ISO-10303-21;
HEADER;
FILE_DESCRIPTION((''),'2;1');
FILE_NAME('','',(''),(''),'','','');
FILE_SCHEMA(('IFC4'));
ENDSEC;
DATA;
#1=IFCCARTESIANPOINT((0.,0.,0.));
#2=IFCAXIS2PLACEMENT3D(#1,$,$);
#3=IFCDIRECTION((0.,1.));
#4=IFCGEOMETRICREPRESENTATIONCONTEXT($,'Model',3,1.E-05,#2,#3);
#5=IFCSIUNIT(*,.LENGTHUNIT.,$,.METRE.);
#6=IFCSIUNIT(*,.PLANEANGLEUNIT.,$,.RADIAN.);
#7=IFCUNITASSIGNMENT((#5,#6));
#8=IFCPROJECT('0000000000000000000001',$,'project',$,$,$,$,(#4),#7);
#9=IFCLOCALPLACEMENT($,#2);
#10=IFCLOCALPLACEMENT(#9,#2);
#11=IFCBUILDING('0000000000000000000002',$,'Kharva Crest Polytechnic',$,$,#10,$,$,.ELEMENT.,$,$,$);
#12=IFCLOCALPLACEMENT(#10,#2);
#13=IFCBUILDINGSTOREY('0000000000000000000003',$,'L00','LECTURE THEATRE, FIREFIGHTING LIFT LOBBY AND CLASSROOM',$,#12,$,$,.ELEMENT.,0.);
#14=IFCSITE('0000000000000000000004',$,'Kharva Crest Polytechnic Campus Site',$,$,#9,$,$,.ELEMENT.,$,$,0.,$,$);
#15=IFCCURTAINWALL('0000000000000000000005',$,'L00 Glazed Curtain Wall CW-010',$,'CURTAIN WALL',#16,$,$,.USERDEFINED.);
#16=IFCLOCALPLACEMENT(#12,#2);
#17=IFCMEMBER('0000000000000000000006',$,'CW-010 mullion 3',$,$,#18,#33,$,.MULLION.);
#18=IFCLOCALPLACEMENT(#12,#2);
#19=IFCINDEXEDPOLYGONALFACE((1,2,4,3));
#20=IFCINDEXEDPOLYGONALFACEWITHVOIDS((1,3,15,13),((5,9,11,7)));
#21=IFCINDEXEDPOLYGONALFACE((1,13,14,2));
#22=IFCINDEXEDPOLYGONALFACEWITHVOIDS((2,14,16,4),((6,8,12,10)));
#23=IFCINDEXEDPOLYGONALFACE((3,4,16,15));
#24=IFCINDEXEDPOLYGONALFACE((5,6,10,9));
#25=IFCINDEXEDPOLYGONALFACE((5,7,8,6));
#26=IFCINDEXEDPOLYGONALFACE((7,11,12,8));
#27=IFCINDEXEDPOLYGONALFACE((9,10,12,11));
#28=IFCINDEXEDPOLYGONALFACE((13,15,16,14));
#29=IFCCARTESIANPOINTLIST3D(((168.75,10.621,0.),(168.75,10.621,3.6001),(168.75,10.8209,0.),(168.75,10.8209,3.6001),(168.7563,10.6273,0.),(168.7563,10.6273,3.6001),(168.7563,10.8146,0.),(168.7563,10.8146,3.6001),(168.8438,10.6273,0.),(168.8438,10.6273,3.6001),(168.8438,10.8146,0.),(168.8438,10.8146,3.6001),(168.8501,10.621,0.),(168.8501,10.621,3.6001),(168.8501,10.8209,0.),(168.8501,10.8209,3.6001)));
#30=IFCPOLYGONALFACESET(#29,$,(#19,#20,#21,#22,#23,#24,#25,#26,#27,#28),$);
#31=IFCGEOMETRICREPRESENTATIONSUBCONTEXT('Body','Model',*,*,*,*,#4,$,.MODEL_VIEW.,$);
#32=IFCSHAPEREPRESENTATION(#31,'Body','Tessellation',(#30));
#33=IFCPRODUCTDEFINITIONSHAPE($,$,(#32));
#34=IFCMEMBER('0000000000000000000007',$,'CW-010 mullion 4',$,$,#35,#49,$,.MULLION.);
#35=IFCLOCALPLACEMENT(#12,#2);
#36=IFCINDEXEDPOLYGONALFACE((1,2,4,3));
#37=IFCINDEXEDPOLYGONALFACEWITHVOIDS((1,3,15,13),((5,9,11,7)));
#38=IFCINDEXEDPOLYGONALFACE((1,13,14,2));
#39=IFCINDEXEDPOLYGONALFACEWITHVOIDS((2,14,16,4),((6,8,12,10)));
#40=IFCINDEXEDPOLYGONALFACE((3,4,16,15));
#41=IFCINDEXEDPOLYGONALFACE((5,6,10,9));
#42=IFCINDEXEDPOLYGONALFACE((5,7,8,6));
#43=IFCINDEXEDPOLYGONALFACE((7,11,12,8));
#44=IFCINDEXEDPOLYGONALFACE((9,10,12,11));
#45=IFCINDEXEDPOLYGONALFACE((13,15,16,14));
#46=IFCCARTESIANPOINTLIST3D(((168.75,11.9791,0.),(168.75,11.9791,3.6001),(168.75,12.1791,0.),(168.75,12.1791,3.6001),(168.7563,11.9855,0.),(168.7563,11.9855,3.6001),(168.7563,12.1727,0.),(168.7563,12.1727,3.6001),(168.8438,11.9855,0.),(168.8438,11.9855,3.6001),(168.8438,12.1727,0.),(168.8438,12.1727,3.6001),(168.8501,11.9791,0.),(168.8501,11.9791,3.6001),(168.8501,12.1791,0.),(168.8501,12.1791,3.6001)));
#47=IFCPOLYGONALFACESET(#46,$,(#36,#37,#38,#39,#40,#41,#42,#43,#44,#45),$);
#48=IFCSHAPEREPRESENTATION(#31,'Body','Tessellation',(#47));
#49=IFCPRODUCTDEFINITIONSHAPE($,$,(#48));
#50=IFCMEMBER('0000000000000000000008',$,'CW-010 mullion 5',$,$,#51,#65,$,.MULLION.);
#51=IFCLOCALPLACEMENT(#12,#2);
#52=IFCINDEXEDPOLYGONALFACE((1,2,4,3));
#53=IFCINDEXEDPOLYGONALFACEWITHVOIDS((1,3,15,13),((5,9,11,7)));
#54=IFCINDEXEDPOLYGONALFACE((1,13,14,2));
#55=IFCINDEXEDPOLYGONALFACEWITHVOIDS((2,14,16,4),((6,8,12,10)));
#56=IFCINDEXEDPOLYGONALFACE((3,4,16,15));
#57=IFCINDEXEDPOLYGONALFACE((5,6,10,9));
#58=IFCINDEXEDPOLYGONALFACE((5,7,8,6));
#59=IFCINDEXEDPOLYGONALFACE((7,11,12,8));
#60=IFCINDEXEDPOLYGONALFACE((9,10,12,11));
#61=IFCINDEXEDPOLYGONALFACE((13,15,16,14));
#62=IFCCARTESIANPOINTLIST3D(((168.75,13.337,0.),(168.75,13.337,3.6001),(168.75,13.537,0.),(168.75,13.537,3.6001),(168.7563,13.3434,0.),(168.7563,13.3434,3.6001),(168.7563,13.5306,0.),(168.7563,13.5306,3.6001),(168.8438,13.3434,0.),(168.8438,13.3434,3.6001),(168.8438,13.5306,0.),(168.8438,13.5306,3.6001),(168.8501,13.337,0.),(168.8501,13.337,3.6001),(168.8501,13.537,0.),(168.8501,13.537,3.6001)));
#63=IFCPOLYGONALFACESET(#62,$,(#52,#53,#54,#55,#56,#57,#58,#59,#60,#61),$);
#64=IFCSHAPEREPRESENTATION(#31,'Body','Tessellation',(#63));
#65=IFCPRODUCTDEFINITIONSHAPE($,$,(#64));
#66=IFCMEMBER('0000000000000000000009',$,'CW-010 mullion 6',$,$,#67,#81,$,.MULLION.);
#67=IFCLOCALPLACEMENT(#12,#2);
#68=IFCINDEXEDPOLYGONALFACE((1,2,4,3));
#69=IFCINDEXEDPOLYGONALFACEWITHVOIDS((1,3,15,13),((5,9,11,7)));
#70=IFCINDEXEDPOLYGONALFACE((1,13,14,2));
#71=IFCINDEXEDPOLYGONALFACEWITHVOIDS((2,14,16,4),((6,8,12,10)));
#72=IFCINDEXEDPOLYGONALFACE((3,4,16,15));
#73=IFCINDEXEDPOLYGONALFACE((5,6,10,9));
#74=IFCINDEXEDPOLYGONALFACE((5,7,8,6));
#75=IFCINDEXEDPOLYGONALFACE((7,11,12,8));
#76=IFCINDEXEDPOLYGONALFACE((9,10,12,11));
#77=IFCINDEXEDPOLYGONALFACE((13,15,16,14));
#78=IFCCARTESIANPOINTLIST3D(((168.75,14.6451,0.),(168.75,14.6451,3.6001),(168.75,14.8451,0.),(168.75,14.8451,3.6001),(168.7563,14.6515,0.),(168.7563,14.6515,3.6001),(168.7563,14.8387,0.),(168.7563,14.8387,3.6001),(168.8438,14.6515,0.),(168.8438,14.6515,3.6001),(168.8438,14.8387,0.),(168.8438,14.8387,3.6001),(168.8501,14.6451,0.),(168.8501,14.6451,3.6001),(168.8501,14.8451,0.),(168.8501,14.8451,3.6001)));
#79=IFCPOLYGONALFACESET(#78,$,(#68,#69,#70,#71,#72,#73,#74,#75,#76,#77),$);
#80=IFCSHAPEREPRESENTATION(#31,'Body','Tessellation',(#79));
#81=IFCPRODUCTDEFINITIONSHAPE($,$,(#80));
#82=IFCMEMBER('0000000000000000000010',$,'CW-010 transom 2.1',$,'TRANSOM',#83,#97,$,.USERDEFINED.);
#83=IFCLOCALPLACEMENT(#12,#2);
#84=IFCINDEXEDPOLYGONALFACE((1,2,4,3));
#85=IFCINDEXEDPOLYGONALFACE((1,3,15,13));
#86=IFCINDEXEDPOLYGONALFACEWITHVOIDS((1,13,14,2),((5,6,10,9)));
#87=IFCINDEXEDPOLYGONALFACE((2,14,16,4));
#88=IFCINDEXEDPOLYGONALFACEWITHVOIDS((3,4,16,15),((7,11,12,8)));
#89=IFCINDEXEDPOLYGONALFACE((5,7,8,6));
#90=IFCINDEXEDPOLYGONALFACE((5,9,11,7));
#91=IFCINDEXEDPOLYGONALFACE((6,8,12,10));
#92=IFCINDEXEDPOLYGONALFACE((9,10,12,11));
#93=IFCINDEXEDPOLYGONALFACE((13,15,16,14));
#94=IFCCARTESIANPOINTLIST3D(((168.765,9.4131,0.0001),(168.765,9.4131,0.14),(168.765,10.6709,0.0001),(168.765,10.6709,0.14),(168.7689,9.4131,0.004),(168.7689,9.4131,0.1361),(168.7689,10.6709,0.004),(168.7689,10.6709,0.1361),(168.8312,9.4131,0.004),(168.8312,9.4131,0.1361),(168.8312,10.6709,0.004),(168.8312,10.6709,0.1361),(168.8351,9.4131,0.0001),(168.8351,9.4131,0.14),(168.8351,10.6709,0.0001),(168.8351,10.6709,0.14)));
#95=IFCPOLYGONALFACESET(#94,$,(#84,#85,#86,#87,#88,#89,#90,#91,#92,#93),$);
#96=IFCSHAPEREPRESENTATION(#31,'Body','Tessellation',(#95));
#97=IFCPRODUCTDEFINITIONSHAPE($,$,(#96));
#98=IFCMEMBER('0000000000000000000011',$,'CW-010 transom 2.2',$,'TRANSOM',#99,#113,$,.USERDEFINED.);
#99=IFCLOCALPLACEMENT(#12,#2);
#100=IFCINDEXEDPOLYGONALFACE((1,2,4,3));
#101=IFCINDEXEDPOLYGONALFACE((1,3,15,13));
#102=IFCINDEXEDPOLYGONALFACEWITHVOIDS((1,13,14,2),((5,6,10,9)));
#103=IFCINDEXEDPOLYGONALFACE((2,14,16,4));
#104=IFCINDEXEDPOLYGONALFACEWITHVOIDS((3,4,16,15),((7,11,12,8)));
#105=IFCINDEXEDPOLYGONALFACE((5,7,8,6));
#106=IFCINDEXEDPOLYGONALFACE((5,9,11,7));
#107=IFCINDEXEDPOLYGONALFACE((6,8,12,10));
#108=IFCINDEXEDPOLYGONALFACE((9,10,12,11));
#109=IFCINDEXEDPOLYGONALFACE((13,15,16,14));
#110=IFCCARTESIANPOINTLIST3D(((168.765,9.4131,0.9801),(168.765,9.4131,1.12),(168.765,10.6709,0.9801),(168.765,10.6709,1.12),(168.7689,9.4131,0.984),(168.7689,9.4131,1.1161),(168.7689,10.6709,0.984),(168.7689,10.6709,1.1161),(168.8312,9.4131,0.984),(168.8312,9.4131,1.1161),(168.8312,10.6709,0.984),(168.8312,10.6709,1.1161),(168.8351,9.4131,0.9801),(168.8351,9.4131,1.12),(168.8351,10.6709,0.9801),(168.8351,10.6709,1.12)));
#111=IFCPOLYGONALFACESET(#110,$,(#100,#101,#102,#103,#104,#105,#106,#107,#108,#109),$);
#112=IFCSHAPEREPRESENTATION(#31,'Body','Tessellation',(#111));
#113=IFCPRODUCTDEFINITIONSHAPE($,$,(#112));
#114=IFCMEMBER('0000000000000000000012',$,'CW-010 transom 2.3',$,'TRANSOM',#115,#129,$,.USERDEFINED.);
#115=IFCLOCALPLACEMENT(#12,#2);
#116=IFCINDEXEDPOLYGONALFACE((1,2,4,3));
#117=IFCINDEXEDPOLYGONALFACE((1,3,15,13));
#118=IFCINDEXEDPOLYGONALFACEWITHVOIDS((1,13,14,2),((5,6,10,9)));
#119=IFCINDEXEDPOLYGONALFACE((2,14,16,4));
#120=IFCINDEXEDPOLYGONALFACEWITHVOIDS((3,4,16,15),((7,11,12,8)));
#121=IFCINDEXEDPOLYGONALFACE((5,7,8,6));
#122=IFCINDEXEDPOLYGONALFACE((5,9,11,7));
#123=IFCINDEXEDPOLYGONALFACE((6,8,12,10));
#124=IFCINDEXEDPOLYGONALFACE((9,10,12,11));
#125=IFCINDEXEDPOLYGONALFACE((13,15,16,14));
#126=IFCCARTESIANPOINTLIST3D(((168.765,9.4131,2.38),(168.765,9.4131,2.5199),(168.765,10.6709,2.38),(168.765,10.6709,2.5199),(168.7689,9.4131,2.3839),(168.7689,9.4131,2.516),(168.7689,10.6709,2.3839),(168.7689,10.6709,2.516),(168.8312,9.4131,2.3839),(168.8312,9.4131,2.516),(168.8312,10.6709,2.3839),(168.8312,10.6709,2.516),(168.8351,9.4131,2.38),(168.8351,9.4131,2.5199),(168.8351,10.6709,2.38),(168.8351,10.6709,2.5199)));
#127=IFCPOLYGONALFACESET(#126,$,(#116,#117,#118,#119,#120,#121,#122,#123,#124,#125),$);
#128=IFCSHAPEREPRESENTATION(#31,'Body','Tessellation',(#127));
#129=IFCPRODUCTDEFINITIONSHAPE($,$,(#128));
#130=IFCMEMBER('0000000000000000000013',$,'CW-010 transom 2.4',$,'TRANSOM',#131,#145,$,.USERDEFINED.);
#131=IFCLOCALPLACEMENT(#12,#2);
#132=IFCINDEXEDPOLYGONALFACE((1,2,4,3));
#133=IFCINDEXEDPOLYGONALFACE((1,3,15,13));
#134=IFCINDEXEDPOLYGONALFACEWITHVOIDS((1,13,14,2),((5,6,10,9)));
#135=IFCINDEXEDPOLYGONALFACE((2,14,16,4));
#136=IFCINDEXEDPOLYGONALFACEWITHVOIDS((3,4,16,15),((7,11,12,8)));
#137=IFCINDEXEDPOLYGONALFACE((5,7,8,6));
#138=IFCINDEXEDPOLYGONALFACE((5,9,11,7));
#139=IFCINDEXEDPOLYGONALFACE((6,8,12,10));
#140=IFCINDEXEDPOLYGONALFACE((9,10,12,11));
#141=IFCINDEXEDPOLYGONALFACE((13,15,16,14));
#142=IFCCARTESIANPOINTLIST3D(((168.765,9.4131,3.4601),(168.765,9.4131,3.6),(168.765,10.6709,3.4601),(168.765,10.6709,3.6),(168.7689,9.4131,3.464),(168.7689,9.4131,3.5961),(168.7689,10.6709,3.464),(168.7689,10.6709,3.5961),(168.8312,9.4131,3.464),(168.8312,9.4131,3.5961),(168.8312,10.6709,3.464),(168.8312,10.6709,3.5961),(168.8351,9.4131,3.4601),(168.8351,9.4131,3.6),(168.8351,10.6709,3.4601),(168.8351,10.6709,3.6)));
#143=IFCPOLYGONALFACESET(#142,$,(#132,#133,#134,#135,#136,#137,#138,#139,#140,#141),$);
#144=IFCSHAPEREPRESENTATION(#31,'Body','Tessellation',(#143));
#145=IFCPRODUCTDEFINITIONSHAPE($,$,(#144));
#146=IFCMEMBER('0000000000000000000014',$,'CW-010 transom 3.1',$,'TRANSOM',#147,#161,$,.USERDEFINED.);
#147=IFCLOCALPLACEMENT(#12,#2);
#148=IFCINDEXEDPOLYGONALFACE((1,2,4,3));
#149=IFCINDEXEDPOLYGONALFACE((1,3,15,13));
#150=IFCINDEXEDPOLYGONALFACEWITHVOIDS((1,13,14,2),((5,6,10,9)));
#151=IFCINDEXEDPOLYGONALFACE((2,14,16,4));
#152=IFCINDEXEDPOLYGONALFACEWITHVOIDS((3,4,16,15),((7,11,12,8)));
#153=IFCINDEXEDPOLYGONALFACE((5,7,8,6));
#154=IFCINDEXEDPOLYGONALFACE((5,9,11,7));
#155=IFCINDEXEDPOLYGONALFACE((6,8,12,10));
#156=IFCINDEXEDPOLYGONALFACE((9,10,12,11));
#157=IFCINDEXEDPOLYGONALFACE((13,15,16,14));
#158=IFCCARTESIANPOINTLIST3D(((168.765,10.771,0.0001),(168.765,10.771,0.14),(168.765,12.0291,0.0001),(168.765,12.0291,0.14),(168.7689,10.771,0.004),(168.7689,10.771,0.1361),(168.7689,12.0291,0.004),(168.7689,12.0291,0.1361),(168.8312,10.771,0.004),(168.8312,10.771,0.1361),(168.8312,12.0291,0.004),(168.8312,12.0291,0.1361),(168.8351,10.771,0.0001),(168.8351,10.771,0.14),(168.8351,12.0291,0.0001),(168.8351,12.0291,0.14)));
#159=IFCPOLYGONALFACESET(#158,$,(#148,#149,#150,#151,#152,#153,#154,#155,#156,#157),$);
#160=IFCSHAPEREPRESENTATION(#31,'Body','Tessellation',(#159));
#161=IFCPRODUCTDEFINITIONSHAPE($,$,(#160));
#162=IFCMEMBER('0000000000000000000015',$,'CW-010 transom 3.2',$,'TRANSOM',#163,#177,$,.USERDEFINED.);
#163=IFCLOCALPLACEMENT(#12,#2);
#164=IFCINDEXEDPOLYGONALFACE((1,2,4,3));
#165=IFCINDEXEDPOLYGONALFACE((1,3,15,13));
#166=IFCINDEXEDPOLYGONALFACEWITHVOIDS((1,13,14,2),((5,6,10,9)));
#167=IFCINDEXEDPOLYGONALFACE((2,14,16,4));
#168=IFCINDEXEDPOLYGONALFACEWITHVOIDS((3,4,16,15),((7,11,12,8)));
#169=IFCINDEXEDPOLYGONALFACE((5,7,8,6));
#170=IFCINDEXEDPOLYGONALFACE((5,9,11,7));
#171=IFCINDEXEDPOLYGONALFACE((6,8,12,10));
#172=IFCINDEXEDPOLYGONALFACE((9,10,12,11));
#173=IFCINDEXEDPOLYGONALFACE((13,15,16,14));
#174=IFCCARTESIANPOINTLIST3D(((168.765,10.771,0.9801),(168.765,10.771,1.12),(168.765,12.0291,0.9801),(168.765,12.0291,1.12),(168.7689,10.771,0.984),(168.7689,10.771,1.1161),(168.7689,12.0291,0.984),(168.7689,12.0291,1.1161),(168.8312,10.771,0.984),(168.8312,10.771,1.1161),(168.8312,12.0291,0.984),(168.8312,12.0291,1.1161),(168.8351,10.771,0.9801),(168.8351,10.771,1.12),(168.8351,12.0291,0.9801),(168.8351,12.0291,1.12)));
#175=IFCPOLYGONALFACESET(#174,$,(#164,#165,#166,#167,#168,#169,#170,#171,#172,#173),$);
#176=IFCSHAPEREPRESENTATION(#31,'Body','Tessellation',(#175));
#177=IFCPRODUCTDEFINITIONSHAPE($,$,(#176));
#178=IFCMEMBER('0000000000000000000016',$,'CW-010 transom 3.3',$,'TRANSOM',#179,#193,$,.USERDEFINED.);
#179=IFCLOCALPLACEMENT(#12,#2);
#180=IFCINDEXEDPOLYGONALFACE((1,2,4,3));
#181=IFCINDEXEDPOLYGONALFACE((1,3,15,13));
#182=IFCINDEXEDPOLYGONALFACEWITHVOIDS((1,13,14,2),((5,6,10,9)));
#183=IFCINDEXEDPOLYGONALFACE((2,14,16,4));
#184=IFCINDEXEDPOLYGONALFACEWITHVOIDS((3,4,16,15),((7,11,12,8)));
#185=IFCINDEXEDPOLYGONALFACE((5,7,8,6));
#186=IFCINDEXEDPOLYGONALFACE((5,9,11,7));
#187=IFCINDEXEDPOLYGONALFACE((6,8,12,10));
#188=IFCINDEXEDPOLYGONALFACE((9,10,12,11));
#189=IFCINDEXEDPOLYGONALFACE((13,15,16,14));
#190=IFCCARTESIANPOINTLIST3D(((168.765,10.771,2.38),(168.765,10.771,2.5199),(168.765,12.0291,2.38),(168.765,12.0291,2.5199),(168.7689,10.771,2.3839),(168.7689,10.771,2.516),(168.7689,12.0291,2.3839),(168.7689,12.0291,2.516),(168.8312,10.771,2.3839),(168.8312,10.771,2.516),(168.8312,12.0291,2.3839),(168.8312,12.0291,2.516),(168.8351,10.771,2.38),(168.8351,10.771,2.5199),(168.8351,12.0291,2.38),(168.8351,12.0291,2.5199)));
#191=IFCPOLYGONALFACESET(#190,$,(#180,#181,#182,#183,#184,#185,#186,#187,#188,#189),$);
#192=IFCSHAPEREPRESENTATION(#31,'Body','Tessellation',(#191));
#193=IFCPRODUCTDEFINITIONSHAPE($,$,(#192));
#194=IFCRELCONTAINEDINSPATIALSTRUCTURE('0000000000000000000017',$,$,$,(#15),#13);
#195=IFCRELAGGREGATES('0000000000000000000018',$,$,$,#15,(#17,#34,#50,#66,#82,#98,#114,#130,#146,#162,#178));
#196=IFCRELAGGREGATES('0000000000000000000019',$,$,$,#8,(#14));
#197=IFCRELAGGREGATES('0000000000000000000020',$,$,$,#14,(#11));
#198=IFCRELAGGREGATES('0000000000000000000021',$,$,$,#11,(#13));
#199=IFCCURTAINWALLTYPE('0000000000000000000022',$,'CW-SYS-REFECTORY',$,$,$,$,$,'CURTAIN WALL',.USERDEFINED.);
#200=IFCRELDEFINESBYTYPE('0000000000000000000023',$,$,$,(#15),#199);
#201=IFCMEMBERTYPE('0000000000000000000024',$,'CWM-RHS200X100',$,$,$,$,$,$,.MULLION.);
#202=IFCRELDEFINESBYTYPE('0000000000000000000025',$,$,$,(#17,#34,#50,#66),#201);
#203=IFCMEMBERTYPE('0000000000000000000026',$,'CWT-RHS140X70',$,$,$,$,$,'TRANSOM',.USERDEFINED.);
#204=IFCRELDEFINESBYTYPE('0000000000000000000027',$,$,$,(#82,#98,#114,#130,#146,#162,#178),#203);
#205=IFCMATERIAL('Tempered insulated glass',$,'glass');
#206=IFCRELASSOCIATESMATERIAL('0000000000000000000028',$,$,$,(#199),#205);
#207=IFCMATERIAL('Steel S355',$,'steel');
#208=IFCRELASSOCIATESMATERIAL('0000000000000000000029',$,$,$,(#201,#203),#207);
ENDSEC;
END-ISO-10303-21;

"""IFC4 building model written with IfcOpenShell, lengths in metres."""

from ifc_helpers import new_model, si_unit, direction, frame, origin, origin_2d, place, context, subcontext, project, spatial, hollow_rectangle, extrude, material, material_profile, profile_set, type_object, element, aggregate, save


model = new_model("IFC4")

# Units and contexts
model_context = context("Model", 3, precision=1e-05, world=origin(), true_north=direction((0.0, 1.0)))
body_context = subcontext(model_context, "Body", "Model", "MODEL_VIEW")
ifc_project = project(units=[si_unit("LENGTHUNIT", "METRE"), si_unit("PLANEANGLEUNIT", "RADIAN")], contexts=[model_context])

# Site, building, storey
site_placement = place(None, origin())
site = spatial("IfcSite", under=ifc_project, at=site_placement, Name="Kharva Crest Polytechnic Campus Site", CompositionType="ELEMENT", RefElevation=0.0)
building_placement = place(site_placement, origin())
building = spatial("IfcBuilding", under=site, at=building_placement, Name="Kharva Crest Polytechnic", CompositionType="ELEMENT")
storey_placement = place(building_placement, origin())
storey = spatial("IfcBuildingStorey", under=building, at=storey_placement, Name="L00", Description="LECTURE THEATRE, FIREFIGHTING LIFT LOBBY AND CLASSROOM", CompositionType="ELEMENT", Elevation=0.0)

# Curtain wall, members
ifc_material_1 = material(Name="Tempered insulated glass", Category="glass")
curtain_wall_type = type_object("IfcCurtainWallType", Name="CW-SYS-REFECTORY", ElementType="CURTAIN WALL", PredefinedType="USERDEFINED", material=ifc_material_1)
curtain_wall_placement = place(storey_placement, origin())
curtain_wall = element("IfcCurtainWall", 1, at=curtain_wall_placement, inside=storey, type_object=curtain_wall_type, Name="L00 Glazed Curtain Wall CW-010", ObjectType="CURTAIN WALL", PredefinedType="USERDEFINED")
ifc_material_2 = material(Name="Steel S355", Category="steel")
ifc_material_profile_1 = material_profile(ifc_material_2, hollow_rectangle(XDim=0.1001, YDim=0.2, WallThickness=0.0063, at=origin_2d()), Name="RHS 200X100X6.3")
ifc_profile_set_1 = profile_set([ifc_material_profile_1], Name="Steel S355")
member_type_1 = type_object("IfcMemberType", Name="CWM-RHS200X100", PredefinedType="MULLION", material=ifc_profile_set_1)
member_1_placement = place(storey_placement, frame((168.8, 10.7209, 0.0), z_axis=(0.0, 0.0, 1.0), x_axis=(-1.0, 0.0, 0.0)))
member_1 = element("IfcMember", 2, at=member_1_placement, type_object=member_type_1, Name="CW-010 mullion 3", PredefinedType="MULLION", context=body_context, shape_type="SweptSolid", body=[
    extrude(hollow_rectangle(XDim=0.1001, YDim=0.2, WallThickness=0.0063, at=origin_2d()), origin(), (0.0, 0.0, 1.0), 3.6001),
])
member_2_placement = place(storey_placement, frame((168.8, 12.0791, 0.0), z_axis=(0.0, 0.0, 1.0), x_axis=(-1.0, 0.0, 0.0)))
member_2 = element("IfcMember", 3, at=member_2_placement, type_object=member_type_1, Name="CW-010 mullion 4", PredefinedType="MULLION", context=body_context, shape_type="SweptSolid", body=[
    extrude(hollow_rectangle(XDim=0.1001, YDim=0.2, WallThickness=0.0063, at=origin_2d()), origin(), (0.0, 0.0, 1.0), 3.6001),
])
member_3_placement = place(storey_placement, frame((168.8, 13.437, 0.0), z_axis=(0.0, 0.0, 1.0), x_axis=(-1.0, 0.0, 0.0)))
member_3 = element("IfcMember", 4, at=member_3_placement, type_object=member_type_1, Name="CW-010 mullion 5", PredefinedType="MULLION", context=body_context, shape_type="SweptSolid", body=[
    extrude(hollow_rectangle(XDim=0.1001, YDim=0.2, WallThickness=0.0063, at=origin_2d()), origin(), (0.0, 0.0, 1.0), 3.6001),
])
member_4_placement = place(storey_placement, frame((168.8, 14.7451, 0.0), z_axis=(0.0, 0.0, 1.0), x_axis=(-1.0, 0.0, 0.0)))
member_4 = element("IfcMember", 5, at=member_4_placement, type_object=member_type_1, Name="CW-010 mullion 6", PredefinedType="MULLION", context=body_context, shape_type="SweptSolid", body=[
    extrude(hollow_rectangle(XDim=0.1001, YDim=0.2, WallThickness=0.0063, at=origin_2d()), origin(), (0.0, 0.0, 1.0), 3.6001),
])
ifc_material_profile_2 = material_profile(ifc_material_2, hollow_rectangle(XDim=0.0701, YDim=0.1399, WallThickness=0.0039, at=origin_2d()), Name="RHS 140X70X4.0")
ifc_profile_set_2 = profile_set([ifc_material_profile_2], Name="Steel S355")
member_type_2 = type_object("IfcMemberType", Name="CWT-RHS140X70", ElementType="TRANSOM", PredefinedType="USERDEFINED", material=ifc_profile_set_2)
member_5_placement = place(storey_placement, frame((168.8, 9.4131, 0.0701), z_axis=(0.0, 1.0, 0.0), x_axis=(-1.0, 0.0, 0.0)))
member_5 = element("IfcMember", 6, at=member_5_placement, type_object=member_type_2, Name="CW-010 transom 2.1", ObjectType="TRANSOM", PredefinedType="USERDEFINED", context=body_context, shape_type="SweptSolid", body=[
    extrude(hollow_rectangle(XDim=0.0701, YDim=0.1399, WallThickness=0.0039, at=origin_2d()), origin(), (0.0, 0.0, 1.0), 1.2578),
])
member_6_placement = place(storey_placement, frame((168.8, 9.4131, 1.05), z_axis=(0.0, 1.0, 0.0), x_axis=(-1.0, 0.0, 0.0)))
member_6 = element("IfcMember", 7, at=member_6_placement, type_object=member_type_2, Name="CW-010 transom 2.2", ObjectType="TRANSOM", PredefinedType="USERDEFINED", context=body_context, shape_type="SweptSolid", body=[
    extrude(hollow_rectangle(XDim=0.0701, YDim=0.1399, WallThickness=0.0039, at=origin_2d()), origin(), (0.0, 0.0, 1.0), 1.2578),
])
member_7_placement = place(storey_placement, frame((168.8, 9.4131, 2.45), z_axis=(0.0, 1.0, 0.0), x_axis=(-1.0, 0.0, 0.0)))
member_7 = element("IfcMember", 8, at=member_7_placement, type_object=member_type_2, Name="CW-010 transom 2.3", ObjectType="TRANSOM", PredefinedType="USERDEFINED", context=body_context, shape_type="SweptSolid", body=[
    extrude(hollow_rectangle(XDim=0.0701, YDim=0.1399, WallThickness=0.0039, at=origin_2d()), origin(), (0.0, 0.0, 1.0), 1.2578),
])
member_8_placement = place(storey_placement, frame((168.8, 9.4131, 3.53), z_axis=(0.0, 1.0, 0.0), x_axis=(-1.0, 0.0, 0.0)))
member_8 = element("IfcMember", 9, at=member_8_placement, type_object=member_type_2, Name="CW-010 transom 2.4", ObjectType="TRANSOM", PredefinedType="USERDEFINED", context=body_context, shape_type="SweptSolid", body=[
    extrude(hollow_rectangle(XDim=0.0701, YDim=0.1399, WallThickness=0.0039, at=origin_2d()), origin(), (0.0, 0.0, 1.0), 1.2578),
])
member_9_placement = place(storey_placement, frame((168.8, 10.771, 0.0701), z_axis=(0.0, 1.0, 0.0), x_axis=(-1.0, 0.0, 0.0)))
member_9 = element("IfcMember", 10, at=member_9_placement, type_object=member_type_2, Name="CW-010 transom 3.1", ObjectType="TRANSOM", PredefinedType="USERDEFINED", context=body_context, shape_type="SweptSolid", body=[
    extrude(hollow_rectangle(XDim=0.0701, YDim=0.1399, WallThickness=0.0039, at=origin_2d()), origin(), (0.0, 0.0, 1.0), 1.2581),
])
member_10_placement = place(storey_placement, frame((168.8, 10.771, 1.05), z_axis=(0.0, 1.0, 0.0), x_axis=(-1.0, 0.0, 0.0)))
member_10 = element("IfcMember", 11, at=member_10_placement, type_object=member_type_2, Name="CW-010 transom 3.2", ObjectType="TRANSOM", PredefinedType="USERDEFINED", context=body_context, shape_type="SweptSolid", body=[
    extrude(hollow_rectangle(XDim=0.0701, YDim=0.1399, WallThickness=0.0039, at=origin_2d()), origin(), (0.0, 0.0, 1.0), 1.2581),
])
member_11_placement = place(storey_placement, frame((168.8, 10.771, 2.45), z_axis=(0.0, 1.0, 0.0), x_axis=(-1.0, 0.0, 0.0)))
member_11 = element("IfcMember", 12, at=member_11_placement, type_object=member_type_2, Name="CW-010 transom 3.3", ObjectType="TRANSOM", PredefinedType="USERDEFINED", context=body_context, shape_type="SweptSolid", body=[
    extrude(hollow_rectangle(XDim=0.0701, YDim=0.1399, WallThickness=0.0039, at=origin_2d()), origin(), (0.0, 0.0, 1.0), 1.2581),
])
aggregate(curtain_wall, [member_1, member_2, member_3, member_4, member_5, member_6, member_7, member_8, member_9, member_10, member_11])

save(model, "model.ifc")
